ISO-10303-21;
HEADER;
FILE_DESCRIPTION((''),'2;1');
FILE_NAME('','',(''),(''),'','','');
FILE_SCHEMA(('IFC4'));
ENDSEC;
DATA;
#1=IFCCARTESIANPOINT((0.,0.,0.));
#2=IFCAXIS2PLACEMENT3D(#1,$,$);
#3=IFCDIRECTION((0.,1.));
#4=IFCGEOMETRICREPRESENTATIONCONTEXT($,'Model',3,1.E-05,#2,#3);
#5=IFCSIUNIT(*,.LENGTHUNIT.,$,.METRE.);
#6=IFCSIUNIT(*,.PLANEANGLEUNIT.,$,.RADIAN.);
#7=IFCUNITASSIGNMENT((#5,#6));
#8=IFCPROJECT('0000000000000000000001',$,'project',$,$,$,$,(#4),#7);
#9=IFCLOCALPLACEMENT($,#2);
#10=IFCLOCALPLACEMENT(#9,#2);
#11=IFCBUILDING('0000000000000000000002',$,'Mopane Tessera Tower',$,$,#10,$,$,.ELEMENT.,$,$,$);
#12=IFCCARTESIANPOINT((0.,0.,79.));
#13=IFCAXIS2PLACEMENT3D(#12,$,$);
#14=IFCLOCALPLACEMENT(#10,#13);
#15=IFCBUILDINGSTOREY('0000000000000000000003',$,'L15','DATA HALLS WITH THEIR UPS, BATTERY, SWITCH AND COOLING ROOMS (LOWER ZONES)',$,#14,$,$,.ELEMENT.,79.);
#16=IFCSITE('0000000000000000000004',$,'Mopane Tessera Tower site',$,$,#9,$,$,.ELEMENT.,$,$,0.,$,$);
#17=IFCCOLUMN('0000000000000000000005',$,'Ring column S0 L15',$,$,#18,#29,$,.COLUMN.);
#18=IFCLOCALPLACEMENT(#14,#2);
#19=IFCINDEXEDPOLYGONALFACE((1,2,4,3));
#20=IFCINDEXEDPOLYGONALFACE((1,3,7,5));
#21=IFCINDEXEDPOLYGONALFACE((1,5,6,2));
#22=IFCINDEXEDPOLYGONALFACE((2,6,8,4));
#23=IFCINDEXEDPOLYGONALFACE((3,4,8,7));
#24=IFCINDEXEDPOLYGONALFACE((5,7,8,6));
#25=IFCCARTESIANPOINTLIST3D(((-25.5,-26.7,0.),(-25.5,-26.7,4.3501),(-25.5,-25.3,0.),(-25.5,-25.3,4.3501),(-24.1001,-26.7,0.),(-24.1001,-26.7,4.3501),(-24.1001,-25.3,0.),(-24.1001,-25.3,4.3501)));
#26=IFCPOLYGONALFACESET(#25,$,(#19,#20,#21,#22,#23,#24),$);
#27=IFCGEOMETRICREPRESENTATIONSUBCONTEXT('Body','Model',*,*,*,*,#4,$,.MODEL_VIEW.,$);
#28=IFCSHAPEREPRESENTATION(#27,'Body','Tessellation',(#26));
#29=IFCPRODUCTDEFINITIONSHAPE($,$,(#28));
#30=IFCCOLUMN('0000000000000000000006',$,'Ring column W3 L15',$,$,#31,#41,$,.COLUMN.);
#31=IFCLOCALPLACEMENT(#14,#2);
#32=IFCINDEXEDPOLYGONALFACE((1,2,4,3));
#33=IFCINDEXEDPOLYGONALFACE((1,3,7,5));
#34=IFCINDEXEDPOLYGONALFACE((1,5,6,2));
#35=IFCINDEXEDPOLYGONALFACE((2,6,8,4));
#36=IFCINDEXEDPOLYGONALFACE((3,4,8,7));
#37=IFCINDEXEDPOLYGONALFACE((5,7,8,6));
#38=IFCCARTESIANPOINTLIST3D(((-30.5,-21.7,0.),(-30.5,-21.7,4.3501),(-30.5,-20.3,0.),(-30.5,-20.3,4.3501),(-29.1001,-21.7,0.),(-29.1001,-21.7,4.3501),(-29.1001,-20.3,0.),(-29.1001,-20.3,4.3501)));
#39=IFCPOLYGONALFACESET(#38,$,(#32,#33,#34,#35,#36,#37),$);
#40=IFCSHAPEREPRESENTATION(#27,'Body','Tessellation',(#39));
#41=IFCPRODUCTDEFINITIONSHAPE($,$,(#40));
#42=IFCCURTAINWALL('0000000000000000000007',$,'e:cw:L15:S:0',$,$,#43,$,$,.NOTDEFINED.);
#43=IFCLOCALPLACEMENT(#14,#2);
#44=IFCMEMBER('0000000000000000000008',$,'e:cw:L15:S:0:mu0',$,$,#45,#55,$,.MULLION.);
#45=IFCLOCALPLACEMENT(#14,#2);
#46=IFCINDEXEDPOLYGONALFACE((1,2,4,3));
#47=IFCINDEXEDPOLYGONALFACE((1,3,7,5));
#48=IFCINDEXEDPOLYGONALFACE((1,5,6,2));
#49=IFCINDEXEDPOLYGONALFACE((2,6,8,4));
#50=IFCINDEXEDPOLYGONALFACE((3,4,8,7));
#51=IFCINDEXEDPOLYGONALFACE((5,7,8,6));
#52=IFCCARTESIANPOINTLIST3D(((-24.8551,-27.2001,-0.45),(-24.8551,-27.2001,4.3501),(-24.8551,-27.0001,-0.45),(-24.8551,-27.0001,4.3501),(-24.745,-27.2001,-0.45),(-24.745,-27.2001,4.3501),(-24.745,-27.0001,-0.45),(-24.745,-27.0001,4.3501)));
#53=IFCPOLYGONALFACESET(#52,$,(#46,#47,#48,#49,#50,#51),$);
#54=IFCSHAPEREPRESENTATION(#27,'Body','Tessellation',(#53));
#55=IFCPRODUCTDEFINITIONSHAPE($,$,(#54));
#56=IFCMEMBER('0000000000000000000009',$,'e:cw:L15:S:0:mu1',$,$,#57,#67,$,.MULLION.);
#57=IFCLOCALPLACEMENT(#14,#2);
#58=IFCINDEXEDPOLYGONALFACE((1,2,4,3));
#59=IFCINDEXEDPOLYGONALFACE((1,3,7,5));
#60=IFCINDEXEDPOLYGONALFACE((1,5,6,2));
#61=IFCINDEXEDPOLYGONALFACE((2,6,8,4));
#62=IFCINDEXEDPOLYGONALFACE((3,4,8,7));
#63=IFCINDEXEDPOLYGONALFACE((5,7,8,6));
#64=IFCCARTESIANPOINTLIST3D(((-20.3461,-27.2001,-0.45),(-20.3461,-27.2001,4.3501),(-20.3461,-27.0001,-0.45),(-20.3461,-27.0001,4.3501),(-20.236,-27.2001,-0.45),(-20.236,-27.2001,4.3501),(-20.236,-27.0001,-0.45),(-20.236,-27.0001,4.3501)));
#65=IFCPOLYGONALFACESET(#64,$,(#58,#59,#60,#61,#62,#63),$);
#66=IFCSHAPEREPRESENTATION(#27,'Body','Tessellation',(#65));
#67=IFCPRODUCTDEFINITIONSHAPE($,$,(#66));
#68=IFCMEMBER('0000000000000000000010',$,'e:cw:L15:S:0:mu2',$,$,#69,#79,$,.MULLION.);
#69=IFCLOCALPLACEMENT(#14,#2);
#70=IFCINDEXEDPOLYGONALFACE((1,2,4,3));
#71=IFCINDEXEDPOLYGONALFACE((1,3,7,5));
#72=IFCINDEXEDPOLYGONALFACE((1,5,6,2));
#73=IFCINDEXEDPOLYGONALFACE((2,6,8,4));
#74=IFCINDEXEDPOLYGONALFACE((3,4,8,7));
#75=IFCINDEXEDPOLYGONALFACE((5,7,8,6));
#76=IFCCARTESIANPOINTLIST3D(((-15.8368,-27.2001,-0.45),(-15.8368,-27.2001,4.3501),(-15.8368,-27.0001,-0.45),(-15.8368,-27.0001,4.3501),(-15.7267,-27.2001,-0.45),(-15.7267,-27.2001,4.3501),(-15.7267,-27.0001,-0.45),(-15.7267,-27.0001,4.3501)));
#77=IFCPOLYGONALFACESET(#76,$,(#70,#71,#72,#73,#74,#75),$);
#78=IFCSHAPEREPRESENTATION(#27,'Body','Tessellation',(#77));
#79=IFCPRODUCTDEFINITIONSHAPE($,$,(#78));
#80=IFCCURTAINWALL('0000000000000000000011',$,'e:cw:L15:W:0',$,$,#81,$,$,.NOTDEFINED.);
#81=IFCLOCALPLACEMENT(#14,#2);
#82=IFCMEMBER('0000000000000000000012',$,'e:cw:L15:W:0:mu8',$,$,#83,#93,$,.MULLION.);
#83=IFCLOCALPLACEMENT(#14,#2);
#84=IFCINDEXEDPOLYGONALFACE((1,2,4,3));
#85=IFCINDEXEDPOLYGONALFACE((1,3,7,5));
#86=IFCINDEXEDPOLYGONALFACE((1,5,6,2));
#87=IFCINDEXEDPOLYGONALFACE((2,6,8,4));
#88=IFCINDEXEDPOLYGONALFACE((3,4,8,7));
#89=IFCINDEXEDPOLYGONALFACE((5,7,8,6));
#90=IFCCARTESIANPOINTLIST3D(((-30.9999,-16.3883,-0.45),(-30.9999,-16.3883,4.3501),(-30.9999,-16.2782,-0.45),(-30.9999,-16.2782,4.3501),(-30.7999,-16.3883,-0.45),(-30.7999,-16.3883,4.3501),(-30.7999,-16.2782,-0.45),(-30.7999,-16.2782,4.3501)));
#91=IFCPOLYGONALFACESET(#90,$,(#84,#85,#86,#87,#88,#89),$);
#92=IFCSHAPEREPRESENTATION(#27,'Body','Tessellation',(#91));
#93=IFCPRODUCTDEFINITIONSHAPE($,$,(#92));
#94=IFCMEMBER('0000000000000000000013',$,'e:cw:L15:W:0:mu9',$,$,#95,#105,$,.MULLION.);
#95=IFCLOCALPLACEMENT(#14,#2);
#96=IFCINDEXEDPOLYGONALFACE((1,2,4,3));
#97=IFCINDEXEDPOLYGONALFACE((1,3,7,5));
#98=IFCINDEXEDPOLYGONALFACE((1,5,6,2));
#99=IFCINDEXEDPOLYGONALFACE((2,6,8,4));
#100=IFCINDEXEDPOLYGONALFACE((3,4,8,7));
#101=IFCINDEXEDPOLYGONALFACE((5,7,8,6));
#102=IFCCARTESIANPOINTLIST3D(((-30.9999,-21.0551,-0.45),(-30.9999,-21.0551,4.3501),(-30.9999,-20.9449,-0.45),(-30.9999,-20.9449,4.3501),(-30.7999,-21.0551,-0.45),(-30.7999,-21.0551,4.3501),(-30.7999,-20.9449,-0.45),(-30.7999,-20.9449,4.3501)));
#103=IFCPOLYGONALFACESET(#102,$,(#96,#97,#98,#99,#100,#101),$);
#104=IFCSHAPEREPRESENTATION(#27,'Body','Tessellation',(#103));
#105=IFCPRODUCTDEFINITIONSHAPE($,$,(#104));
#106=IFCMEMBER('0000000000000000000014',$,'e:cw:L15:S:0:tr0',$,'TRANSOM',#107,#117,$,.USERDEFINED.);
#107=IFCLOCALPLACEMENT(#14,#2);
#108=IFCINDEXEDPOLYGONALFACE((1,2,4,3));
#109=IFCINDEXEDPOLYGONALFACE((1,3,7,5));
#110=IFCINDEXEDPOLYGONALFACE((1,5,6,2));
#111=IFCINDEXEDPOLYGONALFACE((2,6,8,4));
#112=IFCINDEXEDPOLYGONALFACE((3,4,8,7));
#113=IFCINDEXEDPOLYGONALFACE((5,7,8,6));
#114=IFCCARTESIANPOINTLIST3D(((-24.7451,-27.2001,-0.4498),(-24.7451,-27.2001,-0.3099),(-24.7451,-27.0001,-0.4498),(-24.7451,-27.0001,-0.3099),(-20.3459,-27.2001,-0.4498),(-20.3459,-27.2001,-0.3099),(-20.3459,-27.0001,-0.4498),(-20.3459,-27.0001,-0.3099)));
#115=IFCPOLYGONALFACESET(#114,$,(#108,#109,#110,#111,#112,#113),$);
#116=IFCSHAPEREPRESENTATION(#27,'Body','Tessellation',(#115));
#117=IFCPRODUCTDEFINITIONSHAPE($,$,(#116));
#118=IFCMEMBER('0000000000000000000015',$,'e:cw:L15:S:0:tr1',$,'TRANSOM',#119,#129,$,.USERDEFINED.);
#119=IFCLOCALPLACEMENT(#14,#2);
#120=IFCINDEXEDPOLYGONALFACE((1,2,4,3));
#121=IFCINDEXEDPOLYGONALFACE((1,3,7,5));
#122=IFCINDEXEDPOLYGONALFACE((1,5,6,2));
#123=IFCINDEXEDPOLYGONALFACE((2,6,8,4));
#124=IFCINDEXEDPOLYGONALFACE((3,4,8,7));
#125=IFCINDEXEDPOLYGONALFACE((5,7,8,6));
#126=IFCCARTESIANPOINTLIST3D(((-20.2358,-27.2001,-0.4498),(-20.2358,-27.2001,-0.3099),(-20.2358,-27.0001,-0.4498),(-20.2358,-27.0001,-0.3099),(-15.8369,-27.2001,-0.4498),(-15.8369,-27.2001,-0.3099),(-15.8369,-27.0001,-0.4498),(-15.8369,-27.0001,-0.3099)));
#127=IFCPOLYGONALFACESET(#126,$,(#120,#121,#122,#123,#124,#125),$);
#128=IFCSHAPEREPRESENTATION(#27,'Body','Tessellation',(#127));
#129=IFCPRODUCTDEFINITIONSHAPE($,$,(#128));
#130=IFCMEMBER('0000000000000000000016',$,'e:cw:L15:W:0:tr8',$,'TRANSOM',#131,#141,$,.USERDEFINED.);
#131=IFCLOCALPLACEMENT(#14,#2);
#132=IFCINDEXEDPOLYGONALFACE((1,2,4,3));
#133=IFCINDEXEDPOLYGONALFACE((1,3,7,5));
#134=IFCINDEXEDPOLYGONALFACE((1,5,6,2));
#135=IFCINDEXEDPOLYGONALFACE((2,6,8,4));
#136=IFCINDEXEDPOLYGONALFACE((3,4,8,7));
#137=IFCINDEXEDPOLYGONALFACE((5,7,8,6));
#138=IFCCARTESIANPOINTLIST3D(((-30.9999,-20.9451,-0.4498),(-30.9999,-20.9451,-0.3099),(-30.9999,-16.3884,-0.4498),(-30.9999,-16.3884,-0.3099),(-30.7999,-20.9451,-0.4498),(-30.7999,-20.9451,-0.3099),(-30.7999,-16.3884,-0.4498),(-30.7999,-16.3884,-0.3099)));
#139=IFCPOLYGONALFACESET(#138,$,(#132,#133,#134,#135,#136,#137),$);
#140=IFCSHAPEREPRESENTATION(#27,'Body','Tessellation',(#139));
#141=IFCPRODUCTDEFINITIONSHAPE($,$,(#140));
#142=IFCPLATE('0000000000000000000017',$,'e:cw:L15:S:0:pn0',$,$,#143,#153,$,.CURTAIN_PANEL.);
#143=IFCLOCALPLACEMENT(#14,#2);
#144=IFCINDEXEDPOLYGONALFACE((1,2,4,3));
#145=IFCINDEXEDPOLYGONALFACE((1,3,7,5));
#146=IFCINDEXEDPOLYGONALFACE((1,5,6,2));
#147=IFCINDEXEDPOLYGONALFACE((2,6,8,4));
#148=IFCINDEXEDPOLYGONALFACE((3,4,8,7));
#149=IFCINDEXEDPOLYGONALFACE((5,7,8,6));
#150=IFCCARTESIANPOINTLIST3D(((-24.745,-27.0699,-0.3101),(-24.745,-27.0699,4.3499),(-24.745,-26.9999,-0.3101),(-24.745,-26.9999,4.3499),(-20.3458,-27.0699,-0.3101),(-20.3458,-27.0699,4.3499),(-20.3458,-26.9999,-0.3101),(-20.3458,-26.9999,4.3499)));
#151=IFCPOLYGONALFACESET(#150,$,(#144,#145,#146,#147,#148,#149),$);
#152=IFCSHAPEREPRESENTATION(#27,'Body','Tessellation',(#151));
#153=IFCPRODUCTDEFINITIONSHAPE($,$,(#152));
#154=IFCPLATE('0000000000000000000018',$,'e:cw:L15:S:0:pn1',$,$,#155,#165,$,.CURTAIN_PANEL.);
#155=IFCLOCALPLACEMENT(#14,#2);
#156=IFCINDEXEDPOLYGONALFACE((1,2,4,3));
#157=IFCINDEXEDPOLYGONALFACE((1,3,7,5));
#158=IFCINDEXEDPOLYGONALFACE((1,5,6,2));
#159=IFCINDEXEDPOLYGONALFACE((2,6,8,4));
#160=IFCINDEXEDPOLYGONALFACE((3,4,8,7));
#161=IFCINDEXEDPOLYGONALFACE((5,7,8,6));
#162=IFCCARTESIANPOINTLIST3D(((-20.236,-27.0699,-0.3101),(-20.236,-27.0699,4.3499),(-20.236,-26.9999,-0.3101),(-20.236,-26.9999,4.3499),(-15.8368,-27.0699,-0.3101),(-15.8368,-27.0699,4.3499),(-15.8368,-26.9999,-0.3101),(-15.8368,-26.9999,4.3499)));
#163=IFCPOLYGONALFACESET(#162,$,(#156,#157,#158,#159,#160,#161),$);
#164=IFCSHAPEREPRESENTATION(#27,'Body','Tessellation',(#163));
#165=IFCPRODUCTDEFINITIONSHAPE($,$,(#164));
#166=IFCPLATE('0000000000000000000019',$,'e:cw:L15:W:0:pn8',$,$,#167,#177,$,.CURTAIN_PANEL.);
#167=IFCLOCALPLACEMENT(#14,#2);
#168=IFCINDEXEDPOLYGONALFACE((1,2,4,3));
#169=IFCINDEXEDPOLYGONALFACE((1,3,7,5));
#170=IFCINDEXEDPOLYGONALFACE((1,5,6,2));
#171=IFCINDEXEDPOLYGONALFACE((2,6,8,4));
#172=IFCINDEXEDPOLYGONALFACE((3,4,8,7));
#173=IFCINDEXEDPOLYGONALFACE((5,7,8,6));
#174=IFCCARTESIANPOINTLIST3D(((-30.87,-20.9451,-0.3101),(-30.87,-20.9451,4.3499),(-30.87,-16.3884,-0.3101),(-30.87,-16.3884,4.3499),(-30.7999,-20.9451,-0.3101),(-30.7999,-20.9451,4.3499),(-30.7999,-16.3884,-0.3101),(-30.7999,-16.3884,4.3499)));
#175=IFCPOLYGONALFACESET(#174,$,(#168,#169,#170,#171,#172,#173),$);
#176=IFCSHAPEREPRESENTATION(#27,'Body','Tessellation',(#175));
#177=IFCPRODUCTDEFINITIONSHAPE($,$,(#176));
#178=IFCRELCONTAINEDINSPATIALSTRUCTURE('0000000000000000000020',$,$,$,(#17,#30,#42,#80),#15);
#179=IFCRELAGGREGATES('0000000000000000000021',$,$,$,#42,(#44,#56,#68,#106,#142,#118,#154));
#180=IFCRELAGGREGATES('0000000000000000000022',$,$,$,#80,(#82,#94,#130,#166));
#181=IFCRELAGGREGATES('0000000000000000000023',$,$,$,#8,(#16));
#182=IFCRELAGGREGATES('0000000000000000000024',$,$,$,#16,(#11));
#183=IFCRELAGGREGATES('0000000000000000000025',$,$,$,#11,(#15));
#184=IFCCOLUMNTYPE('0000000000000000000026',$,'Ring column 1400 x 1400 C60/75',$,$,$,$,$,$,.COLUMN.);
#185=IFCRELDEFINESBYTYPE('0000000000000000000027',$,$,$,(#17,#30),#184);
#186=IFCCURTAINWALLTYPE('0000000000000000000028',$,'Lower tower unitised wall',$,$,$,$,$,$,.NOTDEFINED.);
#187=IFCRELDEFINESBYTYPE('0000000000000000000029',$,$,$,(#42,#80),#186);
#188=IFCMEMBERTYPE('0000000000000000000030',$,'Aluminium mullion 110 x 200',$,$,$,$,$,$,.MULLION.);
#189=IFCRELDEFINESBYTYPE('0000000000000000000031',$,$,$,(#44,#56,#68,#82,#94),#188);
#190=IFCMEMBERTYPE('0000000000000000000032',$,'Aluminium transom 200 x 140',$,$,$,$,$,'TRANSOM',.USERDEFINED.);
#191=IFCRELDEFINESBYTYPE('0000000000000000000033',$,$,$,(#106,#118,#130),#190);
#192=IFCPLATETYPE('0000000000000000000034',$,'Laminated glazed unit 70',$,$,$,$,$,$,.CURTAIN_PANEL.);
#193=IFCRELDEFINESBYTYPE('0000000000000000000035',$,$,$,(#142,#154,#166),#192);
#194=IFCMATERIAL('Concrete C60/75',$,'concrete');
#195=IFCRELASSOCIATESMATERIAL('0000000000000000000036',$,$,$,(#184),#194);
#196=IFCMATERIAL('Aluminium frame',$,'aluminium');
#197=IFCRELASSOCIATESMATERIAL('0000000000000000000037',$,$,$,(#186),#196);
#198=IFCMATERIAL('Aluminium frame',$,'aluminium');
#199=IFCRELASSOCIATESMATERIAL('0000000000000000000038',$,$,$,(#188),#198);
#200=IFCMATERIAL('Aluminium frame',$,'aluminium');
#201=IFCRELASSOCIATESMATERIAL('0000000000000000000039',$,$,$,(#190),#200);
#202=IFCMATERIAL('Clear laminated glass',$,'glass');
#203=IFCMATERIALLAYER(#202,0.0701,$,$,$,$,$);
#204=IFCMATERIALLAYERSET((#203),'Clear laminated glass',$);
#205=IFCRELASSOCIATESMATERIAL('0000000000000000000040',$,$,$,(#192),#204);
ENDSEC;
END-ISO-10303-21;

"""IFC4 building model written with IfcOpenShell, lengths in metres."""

from ifc_helpers import new_model, si_unit, direction, frame, origin, origin_2d, place, context, subcontext, project, spatial, rectangle, extrude, material, layer, layer_set, material_profile, profile_set, type_object, element, aggregate, save


model = new_model("IFC4")

# Units and contexts
model_context = context("Model", 3, precision=1e-05, world=origin(), true_north=direction((0.0, 1.0)))
body_context = subcontext(model_context, "Body", "Model", "MODEL_VIEW")
ifc_project = project(units=[si_unit("LENGTHUNIT", "METRE"), si_unit("PLANEANGLEUNIT", "RADIAN")], contexts=[model_context])

# Site, building, storey
site_placement = place(None, origin())
site = spatial("IfcSite", under=ifc_project, at=site_placement, Name="Mopane Tessera Tower site", CompositionType="ELEMENT", RefElevation=0.0)
building_placement = place(site_placement, origin())
building = spatial("IfcBuilding", under=site, at=building_placement, Name="Mopane Tessera Tower", CompositionType="ELEMENT")
storey_placement = place(building_placement, frame((0.0, 0.0, 79.0)))
storey = spatial("IfcBuildingStorey", under=building, at=storey_placement, Name="L15", Description="DATA HALLS WITH THEIR UPS, BATTERY, SWITCH AND COOLING ROOMS (LOWER ZONES)", CompositionType="ELEMENT", Elevation=79.0)

# Columns
ifc_material_1 = material(Name="Concrete C60/75", Category="concrete")
ifc_material_profile_1 = material_profile(ifc_material_1, rectangle(XDim=1.3999, YDim=1.3999, at=origin_2d()))
ifc_profile_set_1 = profile_set([ifc_material_profile_1], Name="Concrete C60/75")
column_type = type_object("IfcColumnType", Name="Ring column 1400 x 1400 C60/75", PredefinedType="COLUMN", material=ifc_profile_set_1)
for number, where, z_axis, x_axis, name in (
    (1, (-24.8, -26.0, 0.0), (0.0, 0.0, 1.0), (1.0, 0.0, 0.0), "Ring column S0 L15"),
    (2, (-29.8, -21.0, 0.0), (0.0, 0.0, 1.0), (1.0, 0.0, 0.0), "Ring column W3 L15"),
):
    element("IfcColumn", number, at=place(storey_placement, frame(where, z_axis=z_axis, x_axis=x_axis)), inside=storey, type_object=column_type, Name=name, PredefinedType="COLUMN", context=body_context, shape_type="SweptSolid", body=[
        extrude(rectangle(XDim=1.3999, YDim=1.3999, at=origin_2d()), origin(), (0.0, 0.0, 1.0), 4.3501),
    ])

# Curtain walls, members
ifc_material_2 = material(Name="Aluminium frame", Category="aluminium")
curtain_wall_type = type_object("IfcCurtainWallType", Name="Lower tower unitised wall", PredefinedType="NOTDEFINED", material=ifc_material_2)
curtain_wall_1_placement = place(storey_placement, origin())
curtain_wall_1 = element("IfcCurtainWall", 3, at=curtain_wall_1_placement, inside=storey, type_object=curtain_wall_type, Name="e:cw:L15:S:0", PredefinedType="NOTDEFINED")
ifc_material_3 = material(Name="Aluminium frame", Category="aluminium")
ifc_material_profile_2 = material_profile(ifc_material_3, rectangle(XDim=0.1101, YDim=0.2, at=origin_2d()))
ifc_profile_set_2 = profile_set([ifc_material_profile_2], Name="Aluminium frame")
member_type_1 = type_object("IfcMemberType", Name="Aluminium mullion 110 x 200", PredefinedType="MULLION", material=ifc_profile_set_2)
member_1_placement = place(storey_placement, frame((-24.8, -27.1001, -0.45), z_axis=(0.0, 0.0, 1.0), x_axis=(1.0, 0.0, 0.0)))
member_1 = element("IfcMember", 4, at=member_1_placement, type_object=member_type_1, Name="e:cw:L15:S:0:mu0", PredefinedType="MULLION", context=body_context, shape_type="SweptSolid", body=[
    extrude(rectangle(XDim=0.1101, YDim=0.2, at=origin_2d()), origin(), (0.0, 0.0, 1.0), 4.8),
])
member_2_placement = place(storey_placement, frame((-20.291, -27.1001, -0.45), z_axis=(0.0, 0.0, 1.0), x_axis=(1.0, 0.0, 0.0)))
member_2 = element("IfcMember", 5, at=member_2_placement, type_object=member_type_1, Name="e:cw:L15:S:0:mu1", PredefinedType="MULLION", context=body_context, shape_type="SweptSolid", body=[
    extrude(rectangle(XDim=0.1101, YDim=0.2, at=origin_2d()), origin(), (0.0, 0.0, 1.0), 4.8),
])
member_3_placement = place(storey_placement, frame((-15.7817, -27.1001, -0.45), z_axis=(0.0, 0.0, 1.0), x_axis=(1.0, 0.0, 0.0)))
member_3 = element("IfcMember", 6, at=member_3_placement, type_object=member_type_1, Name="e:cw:L15:S:0:mu2", PredefinedType="MULLION", context=body_context, shape_type="SweptSolid", body=[
    extrude(rectangle(XDim=0.1101, YDim=0.2, at=origin_2d()), origin(), (0.0, 0.0, 1.0), 4.8),
])
curtain_wall_2_placement = place(storey_placement, origin())
curtain_wall_2 = element("IfcCurtainWall", 7, at=curtain_wall_2_placement, inside=storey, type_object=curtain_wall_type, Name="e:cw:L15:W:0", PredefinedType="NOTDEFINED")
member_4_placement = place(storey_placement, frame((-30.8999, -16.3333, -0.45), z_axis=(0.0, 0.0, 1.0), x_axis=(0.0, -1.0, 0.0)))
member_4 = element("IfcMember", 8, at=member_4_placement, type_object=member_type_1, Name="e:cw:L15:W:0:mu8", PredefinedType="MULLION", context=body_context, shape_type="SweptSolid", body=[
    extrude(rectangle(XDim=0.1101, YDim=0.2, at=origin_2d()), origin(), (0.0, 0.0, 1.0), 4.8),
])
member_5_placement = place(storey_placement, frame((-30.8999, -21.0, -0.45), z_axis=(0.0, 0.0, 1.0), x_axis=(0.0, -1.0, 0.0)))
member_5 = element("IfcMember", 9, at=member_5_placement, type_object=member_type_1, Name="e:cw:L15:W:0:mu9", PredefinedType="MULLION", context=body_context, shape_type="SweptSolid", body=[
    extrude(rectangle(XDim=0.1101, YDim=0.2, at=origin_2d()), origin(), (0.0, 0.0, 1.0), 4.8),
])

# Members
ifc_material_4 = material(Name="Aluminium frame", Category="aluminium")
ifc_material_profile_3 = material_profile(ifc_material_4, rectangle(XDim=0.2, YDim=0.1399, at=origin_2d()))
ifc_profile_set_3 = profile_set([ifc_material_profile_3], Name="Aluminium frame")
member_type_2 = type_object("IfcMemberType", Name="Aluminium transom 200 x 140", ElementType="TRANSOM", PredefinedType="USERDEFINED", material=ifc_profile_set_3)
member_6_placement = place(storey_placement, frame((-24.7451, -27.1001, -0.3799), z_axis=(1.0, 0.0, 0.0), x_axis=(0.0, 1.0, 0.0)))
member_6 = element("IfcMember", 10, at=member_6_placement, type_object=member_type_2, Name="e:cw:L15:S:0:tr0", ObjectType="TRANSOM", PredefinedType="USERDEFINED", context=body_context, shape_type="SweptSolid", body=[
    extrude(rectangle(XDim=0.2, YDim=0.1399, at=origin_2d()), origin(), (0.0, 0.0, 1.0), 4.3992),
])
member_7_placement = place(storey_placement, frame((-20.2358, -27.1001, -0.3799), z_axis=(1.0, 0.0, 0.0), x_axis=(0.0, 1.0, 0.0)))
member_7 = element("IfcMember", 11, at=member_7_placement, type_object=member_type_2, Name="e:cw:L15:S:0:tr1", ObjectType="TRANSOM", PredefinedType="USERDEFINED", context=body_context, shape_type="SweptSolid", body=[
    extrude(rectangle(XDim=0.2, YDim=0.1399, at=origin_2d()), origin(), (0.0, 0.0, 1.0), 4.3989),
])
member_8_placement = place(storey_placement, frame((-30.8999, -16.3884, -0.3799), z_axis=(0.0, -1.0, 0.0), x_axis=(1.0, 0.0, 0.0)))
member_8 = element("IfcMember", 12, at=member_8_placement, type_object=member_type_2, Name="e:cw:L15:W:0:tr8", ObjectType="TRANSOM", PredefinedType="USERDEFINED", context=body_context, shape_type="SweptSolid", body=[
    extrude(rectangle(XDim=0.2, YDim=0.1399, at=origin_2d()), origin(), (0.0, 0.0, 1.0), 4.5566),
])

# Plates
ifc_material_5 = material(Name="Clear laminated glass", Category="glass")
ifc_layer_1 = layer(ifc_material_5, 0.0701)
ifc_layer_set_1 = layer_set([ifc_layer_1], Name="Clear laminated glass")
plate_type = type_object("IfcPlateType", Name="Laminated glazed unit 70", PredefinedType="CURTAIN_PANEL", material=ifc_layer_set_1)
plate_1_placement = place(storey_placement, frame((-22.5454, -27.0349, -0.3101), z_axis=(0.0, 0.0, 1.0), x_axis=(1.0, 0.0, 0.0)))
plate_1 = element("IfcPlate", 13, at=plate_1_placement, type_object=plate_type, Name="e:cw:L15:S:0:pn0", PredefinedType="CURTAIN_PANEL", context=body_context, shape_type="SweptSolid", body=[
    extrude(rectangle(XDim=4.3992, YDim=0.0701, at=origin_2d()), origin(), (0.0, 0.0, 1.0), 4.6599),
])
plate_2_placement = place(storey_placement, frame((-18.0364, -27.0349, -0.3101), z_axis=(0.0, 0.0, 1.0), x_axis=(1.0, 0.0, 0.0)))
plate_2 = element("IfcPlate", 14, at=plate_2_placement, type_object=plate_type, Name="e:cw:L15:S:0:pn1", PredefinedType="CURTAIN_PANEL", context=body_context, shape_type="SweptSolid", body=[
    extrude(rectangle(XDim=4.3992, YDim=0.0701, at=origin_2d()), origin(), (0.0, 0.0, 1.0), 4.6599),
])
aggregate(curtain_wall_1, [member_1, member_2, member_3, member_6, plate_1, member_7, plate_2])
plate_3_placement = place(storey_placement, frame((-30.835, -18.6667, -0.3101), z_axis=(0.0, 0.0, 1.0), x_axis=(0.0, -1.0, 0.0)))
plate_3 = element("IfcPlate", 15, at=plate_3_placement, type_object=plate_type, Name="e:cw:L15:W:0:pn8", PredefinedType="CURTAIN_PANEL", context=body_context, shape_type="SweptSolid", body=[
    extrude(rectangle(XDim=4.5566, YDim=0.0701, at=origin_2d()), origin(), (0.0, 0.0, 1.0), 4.6599),
])
aggregate(curtain_wall_2, [member_4, member_5, member_8, plate_3])

save(model, "model.ifc")
